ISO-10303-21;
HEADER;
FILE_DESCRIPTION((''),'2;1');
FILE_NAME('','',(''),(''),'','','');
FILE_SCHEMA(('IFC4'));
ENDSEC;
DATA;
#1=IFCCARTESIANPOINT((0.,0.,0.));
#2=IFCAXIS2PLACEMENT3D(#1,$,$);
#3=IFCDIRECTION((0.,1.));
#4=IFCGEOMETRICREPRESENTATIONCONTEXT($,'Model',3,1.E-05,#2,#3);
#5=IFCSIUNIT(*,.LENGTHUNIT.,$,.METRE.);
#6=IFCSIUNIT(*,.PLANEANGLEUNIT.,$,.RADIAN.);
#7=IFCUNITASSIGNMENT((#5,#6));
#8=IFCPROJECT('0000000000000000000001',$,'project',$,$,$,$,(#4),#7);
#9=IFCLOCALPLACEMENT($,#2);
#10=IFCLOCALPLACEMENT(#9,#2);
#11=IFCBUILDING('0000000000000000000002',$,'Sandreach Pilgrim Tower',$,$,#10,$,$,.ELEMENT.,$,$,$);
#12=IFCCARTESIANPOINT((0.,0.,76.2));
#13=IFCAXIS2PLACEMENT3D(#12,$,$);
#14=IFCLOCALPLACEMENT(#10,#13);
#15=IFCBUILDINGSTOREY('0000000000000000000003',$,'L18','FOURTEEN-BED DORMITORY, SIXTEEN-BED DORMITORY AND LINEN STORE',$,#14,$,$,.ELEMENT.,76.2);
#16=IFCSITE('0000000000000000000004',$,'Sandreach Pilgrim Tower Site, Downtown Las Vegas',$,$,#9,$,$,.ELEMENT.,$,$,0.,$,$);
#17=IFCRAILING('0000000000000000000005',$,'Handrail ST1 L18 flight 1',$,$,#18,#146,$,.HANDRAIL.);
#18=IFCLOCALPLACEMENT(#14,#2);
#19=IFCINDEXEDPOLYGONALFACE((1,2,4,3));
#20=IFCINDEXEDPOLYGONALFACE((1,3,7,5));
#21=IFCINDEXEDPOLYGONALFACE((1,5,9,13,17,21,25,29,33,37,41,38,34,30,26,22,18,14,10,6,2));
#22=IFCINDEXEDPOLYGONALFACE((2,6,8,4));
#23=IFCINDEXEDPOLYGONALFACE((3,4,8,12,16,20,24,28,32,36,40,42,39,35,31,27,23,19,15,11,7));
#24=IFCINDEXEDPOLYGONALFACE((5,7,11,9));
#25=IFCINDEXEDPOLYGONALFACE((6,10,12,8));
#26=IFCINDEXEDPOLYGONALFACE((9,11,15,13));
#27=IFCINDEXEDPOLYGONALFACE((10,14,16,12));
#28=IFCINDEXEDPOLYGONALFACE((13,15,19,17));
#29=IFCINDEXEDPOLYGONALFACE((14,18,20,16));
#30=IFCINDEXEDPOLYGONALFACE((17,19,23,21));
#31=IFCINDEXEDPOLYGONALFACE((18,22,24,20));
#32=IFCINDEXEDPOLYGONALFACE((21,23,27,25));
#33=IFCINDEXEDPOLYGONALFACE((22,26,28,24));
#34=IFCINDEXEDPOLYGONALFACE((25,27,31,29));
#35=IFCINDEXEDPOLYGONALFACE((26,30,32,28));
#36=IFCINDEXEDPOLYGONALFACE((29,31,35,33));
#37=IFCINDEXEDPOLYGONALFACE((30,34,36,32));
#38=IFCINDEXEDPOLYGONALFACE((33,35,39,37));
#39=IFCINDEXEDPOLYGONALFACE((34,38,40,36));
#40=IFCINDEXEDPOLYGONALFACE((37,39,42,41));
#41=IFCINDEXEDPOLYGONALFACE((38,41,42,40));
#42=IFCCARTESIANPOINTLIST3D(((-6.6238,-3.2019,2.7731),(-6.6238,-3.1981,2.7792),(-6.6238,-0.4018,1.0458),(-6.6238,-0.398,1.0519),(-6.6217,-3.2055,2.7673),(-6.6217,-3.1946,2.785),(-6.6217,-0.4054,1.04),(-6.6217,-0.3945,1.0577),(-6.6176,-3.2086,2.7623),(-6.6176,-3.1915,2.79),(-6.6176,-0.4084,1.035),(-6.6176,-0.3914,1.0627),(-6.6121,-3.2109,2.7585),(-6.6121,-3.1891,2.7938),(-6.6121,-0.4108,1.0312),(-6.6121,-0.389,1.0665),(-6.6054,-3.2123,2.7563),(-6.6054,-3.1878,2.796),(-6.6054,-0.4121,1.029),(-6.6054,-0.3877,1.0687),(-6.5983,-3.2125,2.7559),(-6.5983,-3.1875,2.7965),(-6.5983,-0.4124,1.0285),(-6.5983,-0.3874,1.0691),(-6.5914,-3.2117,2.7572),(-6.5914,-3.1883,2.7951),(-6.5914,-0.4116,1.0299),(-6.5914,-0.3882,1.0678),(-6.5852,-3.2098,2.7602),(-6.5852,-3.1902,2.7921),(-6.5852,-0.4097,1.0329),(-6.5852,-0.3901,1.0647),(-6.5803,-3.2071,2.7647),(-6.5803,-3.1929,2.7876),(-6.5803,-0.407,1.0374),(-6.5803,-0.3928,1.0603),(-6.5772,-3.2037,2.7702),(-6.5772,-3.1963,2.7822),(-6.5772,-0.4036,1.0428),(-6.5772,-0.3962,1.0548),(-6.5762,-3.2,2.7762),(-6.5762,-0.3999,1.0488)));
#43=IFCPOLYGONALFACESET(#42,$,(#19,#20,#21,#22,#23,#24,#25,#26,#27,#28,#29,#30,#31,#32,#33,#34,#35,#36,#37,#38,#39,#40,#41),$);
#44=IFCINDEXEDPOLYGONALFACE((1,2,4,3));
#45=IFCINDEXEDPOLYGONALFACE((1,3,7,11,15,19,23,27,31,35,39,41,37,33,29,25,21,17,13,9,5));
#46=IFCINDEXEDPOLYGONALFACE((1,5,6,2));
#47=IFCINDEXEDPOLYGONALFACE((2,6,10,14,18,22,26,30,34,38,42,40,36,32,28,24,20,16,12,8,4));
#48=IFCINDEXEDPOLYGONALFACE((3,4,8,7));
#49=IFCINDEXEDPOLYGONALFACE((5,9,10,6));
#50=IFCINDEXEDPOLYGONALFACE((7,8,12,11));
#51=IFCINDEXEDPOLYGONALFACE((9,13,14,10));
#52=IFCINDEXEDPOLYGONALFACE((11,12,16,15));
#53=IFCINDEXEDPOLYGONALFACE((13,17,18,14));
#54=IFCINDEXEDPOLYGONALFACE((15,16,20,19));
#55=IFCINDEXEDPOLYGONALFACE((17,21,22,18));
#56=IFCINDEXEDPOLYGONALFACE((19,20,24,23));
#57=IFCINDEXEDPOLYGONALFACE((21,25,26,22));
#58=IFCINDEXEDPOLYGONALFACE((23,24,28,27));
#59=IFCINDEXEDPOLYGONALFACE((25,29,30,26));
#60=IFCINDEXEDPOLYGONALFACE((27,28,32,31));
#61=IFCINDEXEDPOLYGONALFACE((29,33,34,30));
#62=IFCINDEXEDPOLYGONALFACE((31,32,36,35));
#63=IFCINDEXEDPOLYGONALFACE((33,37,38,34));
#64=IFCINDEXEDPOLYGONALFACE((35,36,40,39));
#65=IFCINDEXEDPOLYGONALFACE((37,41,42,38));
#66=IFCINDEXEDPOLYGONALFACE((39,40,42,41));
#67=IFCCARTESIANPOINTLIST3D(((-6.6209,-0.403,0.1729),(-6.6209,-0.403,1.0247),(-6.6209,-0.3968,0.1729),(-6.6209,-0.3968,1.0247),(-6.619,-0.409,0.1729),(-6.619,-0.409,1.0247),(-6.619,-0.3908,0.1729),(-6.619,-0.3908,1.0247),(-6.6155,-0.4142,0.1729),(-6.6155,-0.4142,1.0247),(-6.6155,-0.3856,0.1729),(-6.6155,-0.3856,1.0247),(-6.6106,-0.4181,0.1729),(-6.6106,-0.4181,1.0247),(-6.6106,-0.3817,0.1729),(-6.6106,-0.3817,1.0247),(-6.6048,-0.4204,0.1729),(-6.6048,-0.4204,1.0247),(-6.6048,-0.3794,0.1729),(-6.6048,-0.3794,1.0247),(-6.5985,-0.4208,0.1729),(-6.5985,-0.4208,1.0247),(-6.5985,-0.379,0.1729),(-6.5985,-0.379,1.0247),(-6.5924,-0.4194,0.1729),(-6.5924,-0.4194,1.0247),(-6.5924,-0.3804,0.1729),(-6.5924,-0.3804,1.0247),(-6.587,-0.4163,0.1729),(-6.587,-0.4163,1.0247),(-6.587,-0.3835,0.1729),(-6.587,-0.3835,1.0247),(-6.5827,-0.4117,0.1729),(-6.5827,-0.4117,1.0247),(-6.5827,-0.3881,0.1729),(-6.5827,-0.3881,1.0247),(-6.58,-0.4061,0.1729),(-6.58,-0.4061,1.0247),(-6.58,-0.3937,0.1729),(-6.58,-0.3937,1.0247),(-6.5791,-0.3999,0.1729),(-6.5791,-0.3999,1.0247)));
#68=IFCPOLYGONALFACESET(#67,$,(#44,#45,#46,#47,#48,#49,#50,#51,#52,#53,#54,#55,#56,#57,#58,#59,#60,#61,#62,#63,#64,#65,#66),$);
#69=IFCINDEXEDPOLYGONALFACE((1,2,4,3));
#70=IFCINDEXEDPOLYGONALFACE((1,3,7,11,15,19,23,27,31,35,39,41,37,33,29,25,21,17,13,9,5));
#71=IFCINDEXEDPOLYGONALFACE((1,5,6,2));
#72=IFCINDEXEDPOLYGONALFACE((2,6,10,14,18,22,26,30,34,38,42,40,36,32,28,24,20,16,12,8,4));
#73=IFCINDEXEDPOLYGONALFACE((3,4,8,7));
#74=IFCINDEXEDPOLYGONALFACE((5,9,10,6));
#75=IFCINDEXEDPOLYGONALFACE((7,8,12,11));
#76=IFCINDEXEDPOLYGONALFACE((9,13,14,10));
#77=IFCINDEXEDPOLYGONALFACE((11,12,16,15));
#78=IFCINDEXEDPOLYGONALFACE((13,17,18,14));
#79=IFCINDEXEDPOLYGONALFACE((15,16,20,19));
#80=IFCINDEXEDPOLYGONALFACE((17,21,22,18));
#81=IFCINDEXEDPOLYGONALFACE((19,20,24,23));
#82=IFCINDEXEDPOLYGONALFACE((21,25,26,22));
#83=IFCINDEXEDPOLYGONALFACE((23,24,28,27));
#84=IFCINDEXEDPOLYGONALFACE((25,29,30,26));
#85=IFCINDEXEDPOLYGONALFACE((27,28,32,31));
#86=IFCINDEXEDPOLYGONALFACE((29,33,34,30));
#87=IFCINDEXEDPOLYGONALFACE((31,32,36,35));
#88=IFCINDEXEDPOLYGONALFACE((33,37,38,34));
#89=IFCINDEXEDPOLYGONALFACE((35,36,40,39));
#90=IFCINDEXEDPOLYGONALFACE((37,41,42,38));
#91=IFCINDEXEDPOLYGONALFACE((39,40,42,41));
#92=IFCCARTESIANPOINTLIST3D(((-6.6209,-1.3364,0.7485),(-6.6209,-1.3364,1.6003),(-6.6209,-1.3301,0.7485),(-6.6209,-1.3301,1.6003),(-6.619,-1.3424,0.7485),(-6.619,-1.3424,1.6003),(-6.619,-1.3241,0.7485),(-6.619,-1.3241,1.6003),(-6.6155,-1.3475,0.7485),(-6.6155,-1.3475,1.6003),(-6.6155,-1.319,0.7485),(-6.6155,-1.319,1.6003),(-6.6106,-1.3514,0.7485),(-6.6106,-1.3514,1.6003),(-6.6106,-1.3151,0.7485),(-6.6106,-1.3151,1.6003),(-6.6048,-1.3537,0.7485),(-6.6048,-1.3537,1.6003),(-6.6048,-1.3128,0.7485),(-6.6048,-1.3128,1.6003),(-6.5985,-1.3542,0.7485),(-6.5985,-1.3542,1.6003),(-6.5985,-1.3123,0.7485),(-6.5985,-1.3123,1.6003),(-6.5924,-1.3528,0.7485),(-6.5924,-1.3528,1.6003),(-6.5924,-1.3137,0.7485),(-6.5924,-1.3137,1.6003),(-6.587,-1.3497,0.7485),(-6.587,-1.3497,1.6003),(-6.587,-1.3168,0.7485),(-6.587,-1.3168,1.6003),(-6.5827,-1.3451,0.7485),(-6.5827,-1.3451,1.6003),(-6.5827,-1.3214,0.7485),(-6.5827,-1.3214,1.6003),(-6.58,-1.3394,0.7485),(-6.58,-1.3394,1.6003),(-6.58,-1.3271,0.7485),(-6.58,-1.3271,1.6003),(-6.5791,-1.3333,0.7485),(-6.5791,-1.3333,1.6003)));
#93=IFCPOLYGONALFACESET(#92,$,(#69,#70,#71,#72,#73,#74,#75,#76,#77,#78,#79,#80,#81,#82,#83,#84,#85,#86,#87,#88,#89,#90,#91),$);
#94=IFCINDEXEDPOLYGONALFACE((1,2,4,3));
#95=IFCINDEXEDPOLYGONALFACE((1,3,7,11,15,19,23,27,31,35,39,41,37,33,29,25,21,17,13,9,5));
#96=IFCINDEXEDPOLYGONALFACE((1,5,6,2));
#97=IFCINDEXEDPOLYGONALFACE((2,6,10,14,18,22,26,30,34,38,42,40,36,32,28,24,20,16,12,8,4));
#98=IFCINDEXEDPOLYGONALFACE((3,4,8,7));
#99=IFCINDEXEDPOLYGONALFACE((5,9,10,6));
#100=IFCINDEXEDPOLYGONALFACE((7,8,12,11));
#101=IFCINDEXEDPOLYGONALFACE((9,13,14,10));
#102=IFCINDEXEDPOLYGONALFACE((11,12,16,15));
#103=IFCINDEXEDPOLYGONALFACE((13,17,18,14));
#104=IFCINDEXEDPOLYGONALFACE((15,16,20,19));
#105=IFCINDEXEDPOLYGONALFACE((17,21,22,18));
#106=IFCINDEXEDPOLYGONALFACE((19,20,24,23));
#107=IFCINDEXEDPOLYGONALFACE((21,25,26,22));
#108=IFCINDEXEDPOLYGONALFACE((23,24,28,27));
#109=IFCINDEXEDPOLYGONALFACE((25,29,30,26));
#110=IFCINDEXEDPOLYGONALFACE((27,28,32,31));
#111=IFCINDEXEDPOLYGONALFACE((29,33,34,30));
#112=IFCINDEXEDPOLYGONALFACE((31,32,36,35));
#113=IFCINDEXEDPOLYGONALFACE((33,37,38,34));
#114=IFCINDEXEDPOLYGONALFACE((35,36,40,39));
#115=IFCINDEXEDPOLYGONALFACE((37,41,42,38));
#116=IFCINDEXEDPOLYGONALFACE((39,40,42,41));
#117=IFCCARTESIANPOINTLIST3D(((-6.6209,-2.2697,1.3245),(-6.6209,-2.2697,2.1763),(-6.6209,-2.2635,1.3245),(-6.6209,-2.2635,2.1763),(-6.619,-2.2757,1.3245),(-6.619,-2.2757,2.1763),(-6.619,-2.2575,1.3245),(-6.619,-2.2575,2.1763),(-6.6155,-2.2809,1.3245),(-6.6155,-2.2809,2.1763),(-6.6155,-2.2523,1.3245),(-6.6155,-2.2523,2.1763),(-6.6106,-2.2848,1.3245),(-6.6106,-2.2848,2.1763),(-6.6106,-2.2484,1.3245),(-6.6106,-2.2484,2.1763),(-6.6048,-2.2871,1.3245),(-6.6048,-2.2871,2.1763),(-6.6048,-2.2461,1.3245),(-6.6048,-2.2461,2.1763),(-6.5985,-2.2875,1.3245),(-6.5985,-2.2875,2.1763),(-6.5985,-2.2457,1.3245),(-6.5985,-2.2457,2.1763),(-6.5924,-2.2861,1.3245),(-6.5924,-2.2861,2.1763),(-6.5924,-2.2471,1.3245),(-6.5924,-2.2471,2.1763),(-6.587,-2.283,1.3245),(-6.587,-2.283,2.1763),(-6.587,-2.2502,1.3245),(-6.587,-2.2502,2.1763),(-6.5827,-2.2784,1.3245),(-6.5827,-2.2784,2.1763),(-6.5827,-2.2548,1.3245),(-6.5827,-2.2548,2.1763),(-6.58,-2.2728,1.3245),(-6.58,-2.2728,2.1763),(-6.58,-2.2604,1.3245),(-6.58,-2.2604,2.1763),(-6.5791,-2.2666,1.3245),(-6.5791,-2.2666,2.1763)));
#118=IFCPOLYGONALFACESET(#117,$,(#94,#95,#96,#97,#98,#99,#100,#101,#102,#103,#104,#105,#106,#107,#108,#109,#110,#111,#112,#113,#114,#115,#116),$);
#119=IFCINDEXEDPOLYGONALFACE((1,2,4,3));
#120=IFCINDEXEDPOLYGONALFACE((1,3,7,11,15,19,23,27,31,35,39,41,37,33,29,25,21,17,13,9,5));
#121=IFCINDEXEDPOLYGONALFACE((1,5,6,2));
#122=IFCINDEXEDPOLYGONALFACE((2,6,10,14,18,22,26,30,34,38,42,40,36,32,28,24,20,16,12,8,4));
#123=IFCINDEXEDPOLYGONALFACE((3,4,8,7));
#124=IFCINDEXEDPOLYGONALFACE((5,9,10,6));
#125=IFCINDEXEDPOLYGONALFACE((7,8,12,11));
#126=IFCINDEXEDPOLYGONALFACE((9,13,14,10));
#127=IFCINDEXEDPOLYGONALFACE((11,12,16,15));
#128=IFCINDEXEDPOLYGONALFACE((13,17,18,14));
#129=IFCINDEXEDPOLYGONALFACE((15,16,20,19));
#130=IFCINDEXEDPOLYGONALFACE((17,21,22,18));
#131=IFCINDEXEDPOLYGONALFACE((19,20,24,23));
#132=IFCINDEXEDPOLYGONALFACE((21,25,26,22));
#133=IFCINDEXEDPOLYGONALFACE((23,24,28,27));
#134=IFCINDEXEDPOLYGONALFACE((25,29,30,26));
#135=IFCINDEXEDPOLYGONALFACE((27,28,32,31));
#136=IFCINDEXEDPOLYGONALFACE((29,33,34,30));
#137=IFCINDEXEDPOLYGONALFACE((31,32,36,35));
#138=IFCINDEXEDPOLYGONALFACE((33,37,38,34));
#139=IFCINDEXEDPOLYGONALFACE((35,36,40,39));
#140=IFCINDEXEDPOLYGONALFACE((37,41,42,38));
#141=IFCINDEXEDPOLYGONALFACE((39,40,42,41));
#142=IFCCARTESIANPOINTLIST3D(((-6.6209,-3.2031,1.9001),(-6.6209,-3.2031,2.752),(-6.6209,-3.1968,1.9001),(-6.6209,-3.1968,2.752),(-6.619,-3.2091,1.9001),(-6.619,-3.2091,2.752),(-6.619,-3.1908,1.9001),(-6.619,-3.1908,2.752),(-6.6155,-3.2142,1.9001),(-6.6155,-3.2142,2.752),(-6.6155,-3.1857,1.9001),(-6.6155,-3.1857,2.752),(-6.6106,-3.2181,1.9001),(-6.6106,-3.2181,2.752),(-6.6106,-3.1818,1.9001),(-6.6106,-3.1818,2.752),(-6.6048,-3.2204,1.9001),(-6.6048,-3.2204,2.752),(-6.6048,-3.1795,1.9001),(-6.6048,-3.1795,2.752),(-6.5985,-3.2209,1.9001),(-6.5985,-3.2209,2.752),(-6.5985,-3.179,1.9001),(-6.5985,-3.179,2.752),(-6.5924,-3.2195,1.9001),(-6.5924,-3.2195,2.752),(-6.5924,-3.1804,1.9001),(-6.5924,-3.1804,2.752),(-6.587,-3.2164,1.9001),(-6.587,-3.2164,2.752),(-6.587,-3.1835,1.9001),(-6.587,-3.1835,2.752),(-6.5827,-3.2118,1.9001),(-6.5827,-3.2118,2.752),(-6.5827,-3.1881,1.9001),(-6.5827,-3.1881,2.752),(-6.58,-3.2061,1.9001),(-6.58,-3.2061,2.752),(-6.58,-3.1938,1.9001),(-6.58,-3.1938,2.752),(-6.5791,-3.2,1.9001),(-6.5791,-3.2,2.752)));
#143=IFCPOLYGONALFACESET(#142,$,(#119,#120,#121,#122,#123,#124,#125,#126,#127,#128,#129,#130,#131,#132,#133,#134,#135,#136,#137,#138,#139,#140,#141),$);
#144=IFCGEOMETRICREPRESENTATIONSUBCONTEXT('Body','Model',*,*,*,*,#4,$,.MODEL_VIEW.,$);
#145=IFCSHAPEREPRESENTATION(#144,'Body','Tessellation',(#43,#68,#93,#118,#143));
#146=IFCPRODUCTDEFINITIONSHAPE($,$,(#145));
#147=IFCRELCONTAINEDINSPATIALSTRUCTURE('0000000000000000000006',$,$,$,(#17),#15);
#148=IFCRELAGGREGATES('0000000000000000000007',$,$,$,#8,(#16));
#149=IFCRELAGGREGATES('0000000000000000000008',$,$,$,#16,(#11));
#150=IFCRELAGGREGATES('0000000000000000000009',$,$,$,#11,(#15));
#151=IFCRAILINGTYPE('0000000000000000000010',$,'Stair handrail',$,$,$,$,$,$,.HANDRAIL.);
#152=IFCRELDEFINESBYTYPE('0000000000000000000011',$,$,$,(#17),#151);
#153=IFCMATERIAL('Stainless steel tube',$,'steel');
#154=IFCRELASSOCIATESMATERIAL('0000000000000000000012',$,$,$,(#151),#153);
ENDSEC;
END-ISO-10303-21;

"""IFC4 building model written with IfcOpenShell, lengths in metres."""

from ifc_helpers import new_model, si_unit, direction, frame, origin, origin_2d, place, context, subcontext, project, spatial, circle, extrude, material, type_object, element, save


model = new_model("IFC4")

# Units and contexts
model_context = context("Model", 3, precision=1e-05, world=origin(), true_north=direction((0.0, 1.0)))
body_context = subcontext(model_context, "Body", "Model", "MODEL_VIEW")
ifc_project = project(units=[si_unit("LENGTHUNIT", "METRE"), si_unit("PLANEANGLEUNIT", "RADIAN")], contexts=[model_context])

# Site, building, storey
site_placement = place(None, origin())
site = spatial("IfcSite", under=ifc_project, at=site_placement, Name="Sandreach Pilgrim Tower Site, Downtown Las Vegas", CompositionType="ELEMENT", RefElevation=0.0)
building_placement = place(site_placement, origin())
building = spatial("IfcBuilding", under=site, at=building_placement, Name="Sandreach Pilgrim Tower", CompositionType="ELEMENT")
storey_placement = place(building_placement, frame((0.0, 0.0, 76.2)))
storey = spatial("IfcBuildingStorey", under=building, at=storey_placement, Name="L18", Description="FOURTEEN-BED DORMITORY, SIXTEEN-BED DORMITORY AND LINEN STORE", CompositionType="ELEMENT", Elevation=76.2)

# Railing
ifc_material_1 = material(Name="Stainless steel tube", Category="steel")
railing_type = type_object("IfcRailingType", Name="Stair handrail", PredefinedType="HANDRAIL", material=ifc_material_1)
for number, where, name in (
    (1, (-6.6001, -0.3999, 0.1729), "Handrail ST1 L18 flight 1"),
):
    element("IfcRailing", number, at=place(storey_placement, frame(where)), inside=storey, type_object=railing_type, Name=name, PredefinedType="HANDRAIL", context=body_context, shape_type="SweptSolid", body=[
        extrude(circle(Radius=0.0239, at=origin_2d()), frame((0.0, 0.0, 0.876), z_axis=(0.0, -0.85109, 0.52502), x_axis=(1.0, 0.0, 0.0)), (0.0, 0.0, 1.0), 3.29),
        extrude(circle(Radius=0.021, at=origin_2d()), origin(), (0.0, 0.0, 1.0), 0.8518),
        extrude(circle(Radius=0.021, at=origin_2d()), frame((0.0, -0.9333, 0.5757)), (0.0, 0.0, 1.0), 0.8518),
        extrude(circle(Radius=0.021, at=origin_2d()), frame((0.0, -1.8667, 1.1516)), (0.0, 0.0, 1.0), 0.8518),
        extrude(circle(Radius=0.021, at=origin_2d()), frame((0.0, -2.8, 1.7273)), (0.0, 0.0, 1.0), 0.8518),
    ])

save(model, "model.ifc")
